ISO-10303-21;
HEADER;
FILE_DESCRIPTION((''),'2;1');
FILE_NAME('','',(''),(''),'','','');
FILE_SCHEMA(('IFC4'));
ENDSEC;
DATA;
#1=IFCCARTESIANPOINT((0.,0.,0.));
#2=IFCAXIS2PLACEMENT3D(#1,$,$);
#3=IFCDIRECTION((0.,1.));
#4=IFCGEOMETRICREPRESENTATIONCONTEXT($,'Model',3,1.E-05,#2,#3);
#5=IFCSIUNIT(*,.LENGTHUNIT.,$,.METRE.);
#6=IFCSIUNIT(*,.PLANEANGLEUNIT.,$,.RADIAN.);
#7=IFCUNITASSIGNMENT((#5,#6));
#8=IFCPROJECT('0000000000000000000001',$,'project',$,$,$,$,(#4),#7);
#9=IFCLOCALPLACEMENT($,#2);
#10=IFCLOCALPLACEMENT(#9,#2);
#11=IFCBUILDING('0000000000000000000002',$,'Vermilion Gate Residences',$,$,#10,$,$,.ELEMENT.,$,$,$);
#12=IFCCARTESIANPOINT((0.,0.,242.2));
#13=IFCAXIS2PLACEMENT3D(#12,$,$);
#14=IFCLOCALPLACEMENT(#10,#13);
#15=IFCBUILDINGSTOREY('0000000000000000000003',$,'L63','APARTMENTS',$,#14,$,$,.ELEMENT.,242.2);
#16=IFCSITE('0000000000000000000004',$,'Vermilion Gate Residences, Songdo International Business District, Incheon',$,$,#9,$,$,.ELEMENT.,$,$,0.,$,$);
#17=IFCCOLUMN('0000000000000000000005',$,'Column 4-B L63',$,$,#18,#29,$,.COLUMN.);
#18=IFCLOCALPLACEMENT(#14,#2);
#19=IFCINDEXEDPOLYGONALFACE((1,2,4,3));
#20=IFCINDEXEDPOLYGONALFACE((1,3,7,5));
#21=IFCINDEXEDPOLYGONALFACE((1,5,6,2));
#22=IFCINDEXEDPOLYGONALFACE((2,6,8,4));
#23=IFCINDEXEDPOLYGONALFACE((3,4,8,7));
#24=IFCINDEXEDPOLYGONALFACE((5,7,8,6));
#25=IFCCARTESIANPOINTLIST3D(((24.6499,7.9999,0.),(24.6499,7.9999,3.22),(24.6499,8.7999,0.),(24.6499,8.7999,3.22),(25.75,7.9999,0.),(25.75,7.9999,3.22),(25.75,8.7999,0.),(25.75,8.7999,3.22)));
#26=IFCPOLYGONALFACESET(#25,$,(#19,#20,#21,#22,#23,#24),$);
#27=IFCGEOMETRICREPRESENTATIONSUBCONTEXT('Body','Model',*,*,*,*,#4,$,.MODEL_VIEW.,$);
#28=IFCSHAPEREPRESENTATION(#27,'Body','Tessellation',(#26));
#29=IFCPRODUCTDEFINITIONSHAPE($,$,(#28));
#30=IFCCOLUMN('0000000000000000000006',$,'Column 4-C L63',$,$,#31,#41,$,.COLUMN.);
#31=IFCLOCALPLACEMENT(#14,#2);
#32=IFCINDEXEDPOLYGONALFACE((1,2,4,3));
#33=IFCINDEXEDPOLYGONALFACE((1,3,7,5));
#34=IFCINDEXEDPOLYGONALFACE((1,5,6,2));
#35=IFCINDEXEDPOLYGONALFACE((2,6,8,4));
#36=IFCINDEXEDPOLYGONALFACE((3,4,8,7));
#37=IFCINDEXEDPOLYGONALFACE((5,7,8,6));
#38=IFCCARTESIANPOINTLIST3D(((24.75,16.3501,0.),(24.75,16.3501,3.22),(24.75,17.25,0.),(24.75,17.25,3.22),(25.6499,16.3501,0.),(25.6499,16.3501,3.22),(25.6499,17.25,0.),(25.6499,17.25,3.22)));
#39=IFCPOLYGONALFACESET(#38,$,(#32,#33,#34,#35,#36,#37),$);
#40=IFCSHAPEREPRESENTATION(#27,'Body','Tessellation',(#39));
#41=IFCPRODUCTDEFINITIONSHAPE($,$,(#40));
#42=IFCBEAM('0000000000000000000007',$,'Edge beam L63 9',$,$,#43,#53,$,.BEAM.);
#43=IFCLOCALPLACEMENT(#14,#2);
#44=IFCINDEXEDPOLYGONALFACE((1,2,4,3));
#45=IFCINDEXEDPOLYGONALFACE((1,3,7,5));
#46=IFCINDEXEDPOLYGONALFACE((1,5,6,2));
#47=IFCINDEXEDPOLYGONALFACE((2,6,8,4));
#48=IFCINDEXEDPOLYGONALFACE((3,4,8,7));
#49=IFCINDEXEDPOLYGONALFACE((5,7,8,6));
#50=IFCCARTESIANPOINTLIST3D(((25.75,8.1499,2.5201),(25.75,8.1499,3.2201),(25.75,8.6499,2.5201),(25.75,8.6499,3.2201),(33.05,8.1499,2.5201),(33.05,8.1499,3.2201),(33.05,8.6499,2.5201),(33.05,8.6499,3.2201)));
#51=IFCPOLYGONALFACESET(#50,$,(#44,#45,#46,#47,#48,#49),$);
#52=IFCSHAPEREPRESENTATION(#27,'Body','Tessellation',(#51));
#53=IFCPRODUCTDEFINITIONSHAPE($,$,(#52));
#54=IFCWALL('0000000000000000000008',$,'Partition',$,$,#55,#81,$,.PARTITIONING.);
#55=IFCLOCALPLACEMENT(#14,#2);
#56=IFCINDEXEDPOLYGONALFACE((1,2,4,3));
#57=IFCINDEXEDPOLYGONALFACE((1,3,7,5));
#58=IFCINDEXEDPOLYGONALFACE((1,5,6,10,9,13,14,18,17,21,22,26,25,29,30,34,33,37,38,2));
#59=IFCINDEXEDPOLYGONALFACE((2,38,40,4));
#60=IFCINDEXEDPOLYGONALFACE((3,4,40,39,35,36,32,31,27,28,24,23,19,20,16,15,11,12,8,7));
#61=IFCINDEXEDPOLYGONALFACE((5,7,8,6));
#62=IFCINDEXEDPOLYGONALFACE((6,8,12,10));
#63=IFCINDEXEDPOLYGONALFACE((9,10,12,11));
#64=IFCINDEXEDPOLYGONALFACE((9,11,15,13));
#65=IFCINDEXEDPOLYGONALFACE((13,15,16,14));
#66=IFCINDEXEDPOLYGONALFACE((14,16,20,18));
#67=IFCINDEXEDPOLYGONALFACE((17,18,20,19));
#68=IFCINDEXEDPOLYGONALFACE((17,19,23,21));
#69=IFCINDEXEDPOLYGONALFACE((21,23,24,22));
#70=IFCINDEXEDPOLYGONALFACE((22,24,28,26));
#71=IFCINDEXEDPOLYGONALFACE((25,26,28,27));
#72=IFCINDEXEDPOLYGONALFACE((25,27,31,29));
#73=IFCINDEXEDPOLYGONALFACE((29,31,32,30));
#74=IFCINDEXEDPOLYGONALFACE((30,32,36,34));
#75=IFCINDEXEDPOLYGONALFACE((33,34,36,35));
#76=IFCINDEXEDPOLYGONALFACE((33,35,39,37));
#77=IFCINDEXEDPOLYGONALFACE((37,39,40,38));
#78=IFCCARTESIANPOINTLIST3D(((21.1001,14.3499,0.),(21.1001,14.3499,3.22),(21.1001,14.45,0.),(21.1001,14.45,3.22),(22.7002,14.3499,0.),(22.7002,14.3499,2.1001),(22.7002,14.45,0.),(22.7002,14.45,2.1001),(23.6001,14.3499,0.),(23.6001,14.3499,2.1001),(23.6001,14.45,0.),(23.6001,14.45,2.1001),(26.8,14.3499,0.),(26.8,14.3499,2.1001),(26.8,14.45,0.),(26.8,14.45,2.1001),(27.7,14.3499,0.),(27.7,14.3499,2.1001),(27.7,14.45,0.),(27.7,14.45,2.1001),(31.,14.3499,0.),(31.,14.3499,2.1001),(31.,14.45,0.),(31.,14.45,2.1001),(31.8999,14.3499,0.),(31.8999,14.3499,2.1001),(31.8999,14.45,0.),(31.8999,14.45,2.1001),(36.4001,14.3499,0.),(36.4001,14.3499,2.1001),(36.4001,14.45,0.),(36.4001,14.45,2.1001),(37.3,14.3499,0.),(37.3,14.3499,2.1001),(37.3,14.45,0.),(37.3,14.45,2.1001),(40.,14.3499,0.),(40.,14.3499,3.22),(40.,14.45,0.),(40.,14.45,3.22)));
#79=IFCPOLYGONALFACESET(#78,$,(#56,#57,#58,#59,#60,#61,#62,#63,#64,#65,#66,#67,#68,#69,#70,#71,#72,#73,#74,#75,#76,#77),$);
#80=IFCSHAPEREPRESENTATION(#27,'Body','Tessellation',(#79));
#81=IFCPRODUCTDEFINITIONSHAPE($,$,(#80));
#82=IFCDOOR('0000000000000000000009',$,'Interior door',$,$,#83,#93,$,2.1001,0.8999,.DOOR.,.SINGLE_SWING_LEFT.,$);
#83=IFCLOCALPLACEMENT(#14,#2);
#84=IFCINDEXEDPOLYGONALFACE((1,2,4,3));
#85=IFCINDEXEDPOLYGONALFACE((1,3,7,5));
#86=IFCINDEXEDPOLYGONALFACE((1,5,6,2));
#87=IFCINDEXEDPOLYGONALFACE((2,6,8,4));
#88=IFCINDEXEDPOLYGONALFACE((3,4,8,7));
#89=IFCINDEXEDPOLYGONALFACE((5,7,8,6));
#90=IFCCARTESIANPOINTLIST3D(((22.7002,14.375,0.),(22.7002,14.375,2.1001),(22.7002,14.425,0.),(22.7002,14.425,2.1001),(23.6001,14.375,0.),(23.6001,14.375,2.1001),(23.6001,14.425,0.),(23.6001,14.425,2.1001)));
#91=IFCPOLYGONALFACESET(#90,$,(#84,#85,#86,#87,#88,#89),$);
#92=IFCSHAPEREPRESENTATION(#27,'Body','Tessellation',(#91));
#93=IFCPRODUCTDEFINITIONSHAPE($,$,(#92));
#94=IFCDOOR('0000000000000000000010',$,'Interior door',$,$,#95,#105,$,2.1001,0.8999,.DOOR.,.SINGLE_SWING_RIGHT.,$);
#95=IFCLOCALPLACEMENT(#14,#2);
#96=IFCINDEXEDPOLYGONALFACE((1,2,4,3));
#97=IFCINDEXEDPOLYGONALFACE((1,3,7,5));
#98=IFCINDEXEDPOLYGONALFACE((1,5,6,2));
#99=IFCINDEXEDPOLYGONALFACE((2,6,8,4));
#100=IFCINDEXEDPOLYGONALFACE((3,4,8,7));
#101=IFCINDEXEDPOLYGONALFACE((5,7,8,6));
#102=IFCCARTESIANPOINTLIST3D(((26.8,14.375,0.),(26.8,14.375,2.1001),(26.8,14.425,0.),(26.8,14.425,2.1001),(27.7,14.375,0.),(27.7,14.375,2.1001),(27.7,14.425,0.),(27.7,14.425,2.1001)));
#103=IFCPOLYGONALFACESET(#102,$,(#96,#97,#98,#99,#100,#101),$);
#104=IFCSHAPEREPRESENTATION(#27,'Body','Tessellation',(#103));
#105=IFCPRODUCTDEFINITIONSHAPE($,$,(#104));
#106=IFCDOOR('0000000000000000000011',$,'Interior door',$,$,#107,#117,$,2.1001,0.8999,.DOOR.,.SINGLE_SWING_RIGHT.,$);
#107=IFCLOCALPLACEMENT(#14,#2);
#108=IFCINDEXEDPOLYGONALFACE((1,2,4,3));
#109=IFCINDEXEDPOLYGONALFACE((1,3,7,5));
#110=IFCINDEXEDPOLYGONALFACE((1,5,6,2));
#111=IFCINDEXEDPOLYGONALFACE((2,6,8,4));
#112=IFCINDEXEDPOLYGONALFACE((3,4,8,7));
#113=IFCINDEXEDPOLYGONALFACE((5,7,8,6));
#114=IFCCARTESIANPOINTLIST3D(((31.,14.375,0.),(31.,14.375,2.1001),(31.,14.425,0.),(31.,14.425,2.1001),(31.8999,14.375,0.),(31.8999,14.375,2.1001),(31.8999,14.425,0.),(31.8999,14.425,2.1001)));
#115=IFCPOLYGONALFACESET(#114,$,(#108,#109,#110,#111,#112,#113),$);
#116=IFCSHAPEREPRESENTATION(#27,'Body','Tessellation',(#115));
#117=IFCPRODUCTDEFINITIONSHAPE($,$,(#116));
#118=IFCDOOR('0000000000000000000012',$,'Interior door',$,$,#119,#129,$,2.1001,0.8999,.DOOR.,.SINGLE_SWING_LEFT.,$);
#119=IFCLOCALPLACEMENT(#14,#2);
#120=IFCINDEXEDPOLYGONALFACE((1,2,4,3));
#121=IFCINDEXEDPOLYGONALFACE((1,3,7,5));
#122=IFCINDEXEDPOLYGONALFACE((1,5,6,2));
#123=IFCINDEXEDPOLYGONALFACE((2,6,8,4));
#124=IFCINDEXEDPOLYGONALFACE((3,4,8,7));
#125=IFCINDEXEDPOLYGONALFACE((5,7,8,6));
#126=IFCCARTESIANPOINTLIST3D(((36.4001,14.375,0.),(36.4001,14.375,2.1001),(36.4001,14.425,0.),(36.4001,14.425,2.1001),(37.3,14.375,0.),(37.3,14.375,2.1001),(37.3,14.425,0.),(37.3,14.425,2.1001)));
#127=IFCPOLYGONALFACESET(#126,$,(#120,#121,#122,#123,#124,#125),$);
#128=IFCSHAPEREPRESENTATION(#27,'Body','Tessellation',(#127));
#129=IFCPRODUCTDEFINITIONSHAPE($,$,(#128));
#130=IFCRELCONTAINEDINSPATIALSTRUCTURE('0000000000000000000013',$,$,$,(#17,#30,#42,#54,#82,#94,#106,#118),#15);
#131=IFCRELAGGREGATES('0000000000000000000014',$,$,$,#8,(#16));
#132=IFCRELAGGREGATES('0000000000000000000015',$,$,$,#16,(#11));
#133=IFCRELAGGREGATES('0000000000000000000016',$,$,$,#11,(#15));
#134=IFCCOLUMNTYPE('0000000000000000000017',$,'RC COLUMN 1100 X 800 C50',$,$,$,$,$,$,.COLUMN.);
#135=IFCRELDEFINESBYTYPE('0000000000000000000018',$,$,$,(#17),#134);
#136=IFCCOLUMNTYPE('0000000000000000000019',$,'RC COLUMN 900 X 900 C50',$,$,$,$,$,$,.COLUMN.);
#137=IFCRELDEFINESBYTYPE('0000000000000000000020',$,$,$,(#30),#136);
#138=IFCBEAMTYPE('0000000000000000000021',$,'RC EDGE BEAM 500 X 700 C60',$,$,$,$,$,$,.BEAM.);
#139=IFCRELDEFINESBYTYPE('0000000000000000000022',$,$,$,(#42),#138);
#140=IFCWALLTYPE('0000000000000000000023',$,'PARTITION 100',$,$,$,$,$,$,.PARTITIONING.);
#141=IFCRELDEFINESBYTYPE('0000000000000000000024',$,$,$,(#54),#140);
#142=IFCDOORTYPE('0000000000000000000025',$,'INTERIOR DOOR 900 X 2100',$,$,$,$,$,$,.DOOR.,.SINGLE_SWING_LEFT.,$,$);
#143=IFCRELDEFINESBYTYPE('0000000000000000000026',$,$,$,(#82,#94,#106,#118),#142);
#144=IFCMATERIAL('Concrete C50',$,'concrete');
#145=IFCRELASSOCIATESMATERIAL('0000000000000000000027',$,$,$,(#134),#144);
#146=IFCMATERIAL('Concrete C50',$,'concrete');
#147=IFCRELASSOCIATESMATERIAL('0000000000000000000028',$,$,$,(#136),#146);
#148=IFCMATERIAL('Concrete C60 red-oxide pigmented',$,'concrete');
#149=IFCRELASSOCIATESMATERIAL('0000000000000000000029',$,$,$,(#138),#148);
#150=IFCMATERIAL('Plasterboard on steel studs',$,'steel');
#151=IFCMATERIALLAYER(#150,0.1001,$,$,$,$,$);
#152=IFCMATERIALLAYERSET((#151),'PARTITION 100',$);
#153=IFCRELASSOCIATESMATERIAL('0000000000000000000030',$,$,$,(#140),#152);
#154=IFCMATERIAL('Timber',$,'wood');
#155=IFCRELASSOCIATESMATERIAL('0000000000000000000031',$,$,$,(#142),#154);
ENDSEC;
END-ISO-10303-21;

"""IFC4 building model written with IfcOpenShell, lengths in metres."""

from ifc_helpers import new_model, si_unit, direction, frame, frame_2d, origin, origin_2d, place, context, subcontext, project, spatial, rectangle, extrude, material, layer, layer_set, material_profile, profile_set, type_object, element, fill, save


model = new_model("IFC4")

# Units and contexts
model_context = context("Model", 3, precision=1e-05, world=origin(), true_north=direction((0.0, 1.0)))
body_context = subcontext(model_context, "Body", "Model", "MODEL_VIEW")
ifc_project = project(units=[si_unit("LENGTHUNIT", "METRE"), si_unit("PLANEANGLEUNIT", "RADIAN")], contexts=[model_context])

# Site, building, storey
site_placement = place(None, origin())
site = spatial("IfcSite", under=ifc_project, at=site_placement, Name="Vermilion Gate Residences, Songdo International Business District, Incheon", CompositionType="ELEMENT", RefElevation=0.0)
building_placement = place(site_placement, origin())
building = spatial("IfcBuilding", under=site, at=building_placement, Name="Vermilion Gate Residences", CompositionType="ELEMENT")
storey_placement = place(building_placement, frame((0.0, 0.0, 242.2)))
storey = spatial("IfcBuildingStorey", under=building, at=storey_placement, Name="L63", Description="APARTMENTS", CompositionType="ELEMENT", Elevation=242.2)

# Columns
ifc_material_1 = material(Name="Concrete C50", Category="concrete")
ifc_material_profile_1 = material_profile(ifc_material_1, rectangle(XDim=1.1001, YDim=0.8, at=origin_2d()), Name="RC-1100x800")
ifc_profile_set_1 = profile_set([ifc_material_profile_1], Name="Concrete C50")
column_type_1 = type_object("IfcColumnType", Name="RC COLUMN 1100 X 800 C50", PredefinedType="COLUMN", material=ifc_profile_set_1)
column_1_placement = place(storey_placement, frame((25.2, 8.3999, 0.0), z_axis=(0.0, 0.0, 1.0), x_axis=(1.0, 0.0, 0.0)))
element("IfcColumn", 1, at=column_1_placement, inside=storey, type_object=column_type_1, Name="Column 4-B L63", PredefinedType="COLUMN", context=body_context, shape_type="SweptSolid", body=[
    extrude(rectangle(XDim=1.1001, YDim=0.8, at=origin_2d()), origin(), (0.0, 0.0, 1.0), 3.22),
])
ifc_material_2 = material(Name="Concrete C50", Category="concrete")
ifc_material_profile_2 = material_profile(ifc_material_2, rectangle(XDim=0.8999, YDim=0.8999, at=origin_2d()), Name="RC-900x900")
ifc_profile_set_2 = profile_set([ifc_material_profile_2], Name="Concrete C50")
column_type_2 = type_object("IfcColumnType", Name="RC COLUMN 900 X 900 C50", PredefinedType="COLUMN", material=ifc_profile_set_2)
column_2_placement = place(storey_placement, frame((25.2, 16.8, 0.0), z_axis=(0.0, 0.0, 1.0), x_axis=(1.0, 0.0, 0.0)))
element("IfcColumn", 2, at=column_2_placement, inside=storey, type_object=column_type_2, Name="Column 4-C L63", PredefinedType="COLUMN", context=body_context, shape_type="SweptSolid", body=[
    extrude(rectangle(XDim=0.8999, YDim=0.8999, at=origin_2d()), origin(), (0.0, 0.0, 1.0), 3.22),
])

# Beam
ifc_material_3 = material(Name="Concrete C60 red-oxide pigmented", Category="concrete")
ifc_material_profile_3 = material_profile(ifc_material_3, rectangle(XDim=0.5, YDim=0.7, at=origin_2d()), Name="RC-500x700")
ifc_profile_set_3 = profile_set([ifc_material_profile_3], Name="Concrete C60 red-oxide pigmented")
beam_type = type_object("IfcBeamType", Name="RC EDGE BEAM 500 X 700 C60", PredefinedType="BEAM", material=ifc_profile_set_3)
beam_placement = place(storey_placement, frame((25.75, 8.3999, 2.8701), z_axis=(1.0, 0.0, 0.0), x_axis=(0.0, 1.0, 0.0)))
element("IfcBeam", 3, at=beam_placement, inside=storey, type_object=beam_type, Name="Edge beam L63 9", PredefinedType="BEAM", context=body_context, shape_type="SweptSolid", body=[
    extrude(rectangle(XDim=0.5, YDim=0.7, at=origin_2d()), origin(), (0.0, 0.0, 1.0), 7.3),
])

# Wall, openings, doors
ifc_material_4 = material(Name="Plasterboard on steel studs", Category="steel")
ifc_layer_1 = layer(ifc_material_4, 0.1001)
ifc_layer_set_1 = layer_set([ifc_layer_1], Name="PARTITION 100")
wall_type_1 = type_object("IfcWallType", Name="PARTITION 100", PredefinedType="PARTITIONING", material=ifc_layer_set_1)
wall_1_placement = place(storey_placement, frame((21.1001, 14.3999, 0.0), z_axis=(0.0, 0.0, 1.0), x_axis=(1.0, 0.0, 0.0)))
wall_1 = element("IfcWall", 4, at=wall_1_placement, inside=storey, type_object=wall_type_1, Name="Partition", PredefinedType="PARTITIONING", context=body_context, shape_type="SweptSolid", body=[
    extrude(rectangle(XDim=18.8999, YDim=0.1001, at=frame_2d((9.45, 0.0))), origin(), (0.0, 0.0, 1.0), 3.22),
])
opening_1_placement = place(wall_1_placement, frame((1.6001, 0.0, 0.0)))
opening_1 = element("IfcOpeningElement", 5, at=opening_1_placement, cuts=wall_1, PredefinedType="OPENING", context=body_context, shape_type="SweptSolid", body=[
    extrude(rectangle(XDim=0.8999, YDim=2.1001, at=frame_2d((0.45, 1.05))), frame((0.0, 0.0601, 0.0), z_axis=(0.0, -1.0, 0.0), x_axis=(1.0, 0.0, 0.0)), (0.0, 0.0, 1.0), 0.1201),
])
opening_2_placement = place(wall_1_placement, frame((5.7, 0.0, 0.0)))
opening_2 = element("IfcOpeningElement", 6, at=opening_2_placement, cuts=wall_1, PredefinedType="OPENING", context=body_context, shape_type="SweptSolid", body=[
    extrude(rectangle(XDim=0.8999, YDim=2.1001, at=frame_2d((0.45, 1.05))), frame((0.0, 0.0601, 0.0), z_axis=(0.0, -1.0, 0.0), x_axis=(1.0, 0.0, 0.0)), (0.0, 0.0, 1.0), 0.1201),
])
opening_3_placement = place(wall_1_placement, frame((9.8999, 0.0, 0.0)))
opening_3 = element("IfcOpeningElement", 7, at=opening_3_placement, cuts=wall_1, PredefinedType="OPENING", context=body_context, shape_type="SweptSolid", body=[
    extrude(rectangle(XDim=0.8999, YDim=2.1001, at=frame_2d((0.45, 1.05))), frame((0.0, 0.0601, 0.0), z_axis=(0.0, -1.0, 0.0), x_axis=(1.0, 0.0, 0.0)), (0.0, 0.0, 1.0), 0.1201),
])
opening_4_placement = place(wall_1_placement, frame((15.3, 0.0, 0.0)))
opening_4 = element("IfcOpeningElement", 8, at=opening_4_placement, cuts=wall_1, PredefinedType="OPENING", context=body_context, shape_type="SweptSolid", body=[
    extrude(rectangle(XDim=0.8999, YDim=2.1001, at=frame_2d((0.45, 1.05))), frame((0.0, 0.0601, 0.0), z_axis=(0.0, -1.0, 0.0), x_axis=(1.0, 0.0, 0.0)), (0.0, 0.0, 1.0), 0.1201),
])
ifc_material_5 = material(Name="Timber", Category="wood")
door_type = type_object("IfcDoorType", Name="INTERIOR DOOR 900 X 2100", OperationType="SINGLE_SWING_LEFT", PredefinedType="DOOR", material=ifc_material_5)
door_1_placement = place(opening_1_placement, frame((0.8999, 0.0, 0.0), z_axis=(0.0, 0.0, 1.0), x_axis=(-1.0, 0.0, 0.0)))
door_1 = element("IfcDoor", 9, at=door_1_placement, inside=storey, type_object=door_type, Name="Interior door", OperationType="SINGLE_SWING_LEFT", OverallHeight=2.1001, OverallWidth=0.8999, PredefinedType="DOOR", context=body_context, shape_type="SweptSolid", body=[
    extrude(rectangle(XDim=0.8999, YDim=2.1001, at=frame_2d((0.45, 1.05))), frame((0.0, 0.0249, 0.0), z_axis=(0.0, -1.0, 0.0), x_axis=(1.0, 0.0, 0.0)), (0.0, 0.0, 1.0), 0.05),
])
fill(opening_1, door_1)
door_2_placement = place(opening_2_placement, frame((0.8999, 0.0, 0.0), z_axis=(0.0, 0.0, 1.0), x_axis=(-1.0, 0.0, 0.0)))
door_2 = element("IfcDoor", 10, at=door_2_placement, inside=storey, type_object=door_type, Name="Interior door", OperationType="SINGLE_SWING_RIGHT", OverallHeight=2.1001, OverallWidth=0.8999, PredefinedType="DOOR", context=body_context, shape_type="SweptSolid", body=[
    extrude(rectangle(XDim=0.8999, YDim=2.1001, at=frame_2d((0.45, 1.05))), frame((0.0, 0.0249, 0.0), z_axis=(0.0, -1.0, 0.0), x_axis=(1.0, 0.0, 0.0)), (0.0, 0.0, 1.0), 0.05),
])
fill(opening_2, door_2)
door_3_placement = place(opening_3_placement, frame((0.8999, 0.0, 0.0), z_axis=(0.0, 0.0, 1.0), x_axis=(-1.0, 0.0, 0.0)))
door_3 = element("IfcDoor", 11, at=door_3_placement, inside=storey, type_object=door_type, Name="Interior door", OperationType="SINGLE_SWING_RIGHT", OverallHeight=2.1001, OverallWidth=0.8999, PredefinedType="DOOR", context=body_context, shape_type="SweptSolid", body=[
    extrude(rectangle(XDim=0.8999, YDim=2.1001, at=frame_2d((0.45, 1.05))), frame((0.0, 0.0249, 0.0), z_axis=(0.0, -1.0, 0.0), x_axis=(1.0, 0.0, 0.0)), (0.0, 0.0, 1.0), 0.05),
])
fill(opening_3, door_3)
door_4_placement = place(opening_4_placement, frame((0.8999, 0.0, 0.0), z_axis=(0.0, 0.0, 1.0), x_axis=(-1.0, 0.0, 0.0)))
door_4 = element("IfcDoor", 12, at=door_4_placement, inside=storey, type_object=door_type, Name="Interior door", OperationType="SINGLE_SWING_LEFT", OverallHeight=2.1001, OverallWidth=0.8999, PredefinedType="DOOR", context=body_context, shape_type="SweptSolid", body=[
    extrude(rectangle(XDim=0.8999, YDim=2.1001, at=frame_2d((0.45, 1.05))), frame((0.0, 0.0249, 0.0), z_axis=(0.0, -1.0, 0.0), x_axis=(1.0, 0.0, 0.0)), (0.0, 0.0, 1.0), 0.05),
])
fill(opening_4, door_4)

save(model, "model.ifc")
